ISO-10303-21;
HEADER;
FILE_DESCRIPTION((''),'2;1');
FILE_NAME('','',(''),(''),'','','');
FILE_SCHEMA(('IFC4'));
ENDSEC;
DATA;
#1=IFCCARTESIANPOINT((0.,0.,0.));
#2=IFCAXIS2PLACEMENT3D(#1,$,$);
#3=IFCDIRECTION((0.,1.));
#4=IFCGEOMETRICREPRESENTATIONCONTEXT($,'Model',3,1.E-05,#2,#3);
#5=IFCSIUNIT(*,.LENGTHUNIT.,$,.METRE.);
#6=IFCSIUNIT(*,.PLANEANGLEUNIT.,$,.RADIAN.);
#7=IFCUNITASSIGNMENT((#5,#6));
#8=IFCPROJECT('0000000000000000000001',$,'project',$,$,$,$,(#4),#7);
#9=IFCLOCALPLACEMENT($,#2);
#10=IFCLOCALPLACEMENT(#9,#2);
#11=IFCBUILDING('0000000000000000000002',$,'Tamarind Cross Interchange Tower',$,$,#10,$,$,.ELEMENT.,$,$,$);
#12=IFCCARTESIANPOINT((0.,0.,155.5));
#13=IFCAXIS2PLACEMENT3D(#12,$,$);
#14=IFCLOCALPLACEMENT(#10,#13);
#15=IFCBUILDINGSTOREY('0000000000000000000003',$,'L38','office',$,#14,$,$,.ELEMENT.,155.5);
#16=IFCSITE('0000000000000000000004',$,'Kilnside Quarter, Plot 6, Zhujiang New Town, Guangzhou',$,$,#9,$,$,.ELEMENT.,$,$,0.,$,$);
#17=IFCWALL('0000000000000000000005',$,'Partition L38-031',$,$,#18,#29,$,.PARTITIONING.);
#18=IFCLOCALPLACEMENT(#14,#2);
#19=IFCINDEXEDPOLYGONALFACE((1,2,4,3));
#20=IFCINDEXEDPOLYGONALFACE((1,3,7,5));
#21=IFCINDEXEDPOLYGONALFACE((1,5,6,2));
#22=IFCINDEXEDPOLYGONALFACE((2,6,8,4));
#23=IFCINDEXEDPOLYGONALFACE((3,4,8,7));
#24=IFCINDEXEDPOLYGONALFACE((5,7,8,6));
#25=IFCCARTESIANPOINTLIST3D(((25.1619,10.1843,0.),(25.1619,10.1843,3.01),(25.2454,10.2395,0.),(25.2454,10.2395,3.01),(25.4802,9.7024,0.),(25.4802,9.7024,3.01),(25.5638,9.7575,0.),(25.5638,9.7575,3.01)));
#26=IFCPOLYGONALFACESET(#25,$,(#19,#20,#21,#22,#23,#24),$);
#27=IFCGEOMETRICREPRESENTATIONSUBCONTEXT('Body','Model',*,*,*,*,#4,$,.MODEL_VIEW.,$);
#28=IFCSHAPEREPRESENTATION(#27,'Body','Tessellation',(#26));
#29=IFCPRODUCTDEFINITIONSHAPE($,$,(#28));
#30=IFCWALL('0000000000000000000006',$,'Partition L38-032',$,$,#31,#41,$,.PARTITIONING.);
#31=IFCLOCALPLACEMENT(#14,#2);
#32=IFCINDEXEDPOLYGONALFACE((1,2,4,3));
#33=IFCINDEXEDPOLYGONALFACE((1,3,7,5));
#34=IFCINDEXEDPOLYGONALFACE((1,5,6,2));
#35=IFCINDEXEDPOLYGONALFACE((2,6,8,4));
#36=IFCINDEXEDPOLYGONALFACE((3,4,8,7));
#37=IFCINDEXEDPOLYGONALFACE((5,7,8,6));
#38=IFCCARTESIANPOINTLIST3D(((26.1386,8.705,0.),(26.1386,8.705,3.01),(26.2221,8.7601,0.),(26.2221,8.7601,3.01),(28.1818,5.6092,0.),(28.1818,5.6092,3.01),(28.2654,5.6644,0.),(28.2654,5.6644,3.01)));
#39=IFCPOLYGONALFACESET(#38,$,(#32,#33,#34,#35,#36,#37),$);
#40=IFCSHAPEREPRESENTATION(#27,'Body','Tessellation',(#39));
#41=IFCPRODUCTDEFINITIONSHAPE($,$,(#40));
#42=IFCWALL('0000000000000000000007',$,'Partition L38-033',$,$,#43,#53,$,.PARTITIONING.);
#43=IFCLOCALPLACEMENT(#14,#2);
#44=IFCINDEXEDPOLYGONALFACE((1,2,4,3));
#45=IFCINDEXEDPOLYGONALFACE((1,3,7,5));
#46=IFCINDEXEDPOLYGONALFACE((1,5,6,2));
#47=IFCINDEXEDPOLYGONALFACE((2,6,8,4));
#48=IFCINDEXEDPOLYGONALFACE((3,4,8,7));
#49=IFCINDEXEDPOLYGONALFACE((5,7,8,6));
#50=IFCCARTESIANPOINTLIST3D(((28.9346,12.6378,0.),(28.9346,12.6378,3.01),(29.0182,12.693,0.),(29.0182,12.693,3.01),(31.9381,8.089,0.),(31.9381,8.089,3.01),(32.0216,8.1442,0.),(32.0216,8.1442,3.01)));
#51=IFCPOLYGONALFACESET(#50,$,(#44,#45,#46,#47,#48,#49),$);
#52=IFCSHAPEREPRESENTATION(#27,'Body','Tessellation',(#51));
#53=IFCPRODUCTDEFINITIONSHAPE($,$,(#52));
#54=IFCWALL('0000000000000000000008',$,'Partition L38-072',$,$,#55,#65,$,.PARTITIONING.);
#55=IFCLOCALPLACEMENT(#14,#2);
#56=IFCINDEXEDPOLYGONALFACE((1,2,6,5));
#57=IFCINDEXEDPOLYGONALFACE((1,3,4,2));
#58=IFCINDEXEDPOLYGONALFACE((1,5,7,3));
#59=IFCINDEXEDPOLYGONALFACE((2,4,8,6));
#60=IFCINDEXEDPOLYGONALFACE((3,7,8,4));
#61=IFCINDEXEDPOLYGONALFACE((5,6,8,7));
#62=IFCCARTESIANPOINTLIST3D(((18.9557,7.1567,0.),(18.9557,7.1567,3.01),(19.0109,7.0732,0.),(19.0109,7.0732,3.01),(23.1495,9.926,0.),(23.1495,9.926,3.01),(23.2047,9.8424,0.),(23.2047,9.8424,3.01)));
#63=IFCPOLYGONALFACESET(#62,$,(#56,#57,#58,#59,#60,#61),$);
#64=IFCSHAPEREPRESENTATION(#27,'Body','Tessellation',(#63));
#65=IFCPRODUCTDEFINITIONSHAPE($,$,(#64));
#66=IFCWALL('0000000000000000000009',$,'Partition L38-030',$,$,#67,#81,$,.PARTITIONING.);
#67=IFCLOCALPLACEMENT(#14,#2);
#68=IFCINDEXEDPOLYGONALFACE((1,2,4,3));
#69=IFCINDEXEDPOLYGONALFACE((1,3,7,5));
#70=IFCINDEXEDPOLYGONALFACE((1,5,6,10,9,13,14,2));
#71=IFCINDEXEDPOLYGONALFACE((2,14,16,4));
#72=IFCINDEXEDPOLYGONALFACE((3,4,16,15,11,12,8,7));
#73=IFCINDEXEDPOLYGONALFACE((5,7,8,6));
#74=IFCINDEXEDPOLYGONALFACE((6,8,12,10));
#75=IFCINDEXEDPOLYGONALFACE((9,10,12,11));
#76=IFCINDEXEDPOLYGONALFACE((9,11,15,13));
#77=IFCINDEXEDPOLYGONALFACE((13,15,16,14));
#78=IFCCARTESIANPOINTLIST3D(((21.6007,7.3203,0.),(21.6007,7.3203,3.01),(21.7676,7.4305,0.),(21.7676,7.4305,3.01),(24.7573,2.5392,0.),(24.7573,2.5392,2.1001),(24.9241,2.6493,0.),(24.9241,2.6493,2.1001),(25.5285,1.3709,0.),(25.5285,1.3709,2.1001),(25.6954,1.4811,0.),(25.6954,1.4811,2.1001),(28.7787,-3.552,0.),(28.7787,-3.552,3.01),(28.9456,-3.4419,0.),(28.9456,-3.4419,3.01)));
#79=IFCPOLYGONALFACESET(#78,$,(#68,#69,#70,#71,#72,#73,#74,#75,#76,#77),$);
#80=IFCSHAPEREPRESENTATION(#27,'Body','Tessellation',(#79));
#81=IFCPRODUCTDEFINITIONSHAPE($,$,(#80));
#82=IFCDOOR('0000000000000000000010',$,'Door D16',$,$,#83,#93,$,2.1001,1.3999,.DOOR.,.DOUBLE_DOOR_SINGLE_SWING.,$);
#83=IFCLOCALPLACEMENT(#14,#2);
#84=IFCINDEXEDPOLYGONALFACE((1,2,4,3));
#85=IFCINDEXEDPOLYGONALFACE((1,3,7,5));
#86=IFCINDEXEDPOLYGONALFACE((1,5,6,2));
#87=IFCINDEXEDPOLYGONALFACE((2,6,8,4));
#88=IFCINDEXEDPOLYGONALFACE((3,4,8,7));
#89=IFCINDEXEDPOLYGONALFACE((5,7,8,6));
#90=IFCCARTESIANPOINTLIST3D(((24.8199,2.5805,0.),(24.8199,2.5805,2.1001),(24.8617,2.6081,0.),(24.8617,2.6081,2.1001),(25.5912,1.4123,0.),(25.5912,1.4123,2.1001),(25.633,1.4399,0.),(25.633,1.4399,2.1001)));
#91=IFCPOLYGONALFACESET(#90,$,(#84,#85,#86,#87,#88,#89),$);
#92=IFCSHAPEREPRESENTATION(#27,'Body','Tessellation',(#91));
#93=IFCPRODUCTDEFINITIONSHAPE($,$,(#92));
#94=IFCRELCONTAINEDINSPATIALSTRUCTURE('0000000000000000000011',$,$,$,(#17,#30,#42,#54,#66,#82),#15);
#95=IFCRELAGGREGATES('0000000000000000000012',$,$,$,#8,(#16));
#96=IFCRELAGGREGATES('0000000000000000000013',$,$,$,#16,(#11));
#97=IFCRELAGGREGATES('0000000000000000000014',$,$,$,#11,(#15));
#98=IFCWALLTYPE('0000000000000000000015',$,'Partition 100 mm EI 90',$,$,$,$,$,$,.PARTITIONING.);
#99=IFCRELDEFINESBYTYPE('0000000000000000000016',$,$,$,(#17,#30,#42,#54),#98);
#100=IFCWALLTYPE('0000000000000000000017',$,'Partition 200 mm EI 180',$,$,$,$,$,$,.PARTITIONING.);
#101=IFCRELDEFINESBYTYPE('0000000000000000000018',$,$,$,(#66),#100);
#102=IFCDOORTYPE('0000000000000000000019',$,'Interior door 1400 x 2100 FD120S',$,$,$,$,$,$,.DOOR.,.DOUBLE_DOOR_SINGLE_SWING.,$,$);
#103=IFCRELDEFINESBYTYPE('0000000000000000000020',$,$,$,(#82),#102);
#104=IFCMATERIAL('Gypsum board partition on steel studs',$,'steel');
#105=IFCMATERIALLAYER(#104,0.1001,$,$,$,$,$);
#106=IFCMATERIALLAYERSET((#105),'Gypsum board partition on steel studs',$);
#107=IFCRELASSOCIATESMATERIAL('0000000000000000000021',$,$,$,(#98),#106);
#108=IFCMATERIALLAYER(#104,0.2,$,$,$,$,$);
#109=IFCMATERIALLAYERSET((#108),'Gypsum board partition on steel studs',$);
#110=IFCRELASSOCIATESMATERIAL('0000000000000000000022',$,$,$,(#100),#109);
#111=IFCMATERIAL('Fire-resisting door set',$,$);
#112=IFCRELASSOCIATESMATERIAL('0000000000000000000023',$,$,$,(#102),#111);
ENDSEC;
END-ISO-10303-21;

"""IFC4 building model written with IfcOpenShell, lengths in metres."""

from ifc_helpers import new_model, si_unit, direction, frame, frame_2d, origin, place, context, subcontext, project, spatial, rectangle, extrude, material, layer, layer_set, type_object, element, fill, save


model = new_model("IFC4")

# Units and contexts
model_context = context("Model", 3, precision=1e-05, world=origin(), true_north=direction((0.0, 1.0)))
body_context = subcontext(model_context, "Body", "Model", "MODEL_VIEW")
ifc_project = project(units=[si_unit("LENGTHUNIT", "METRE"), si_unit("PLANEANGLEUNIT", "RADIAN")], contexts=[model_context])

# Site, building, storey
site_placement = place(None, origin())
site = spatial("IfcSite", under=ifc_project, at=site_placement, Name="Kilnside Quarter, Plot 6, Zhujiang New Town, Guangzhou", CompositionType="ELEMENT", RefElevation=0.0)
building_placement = place(site_placement, origin())
building = spatial("IfcBuilding", under=site, at=building_placement, Name="Tamarind Cross Interchange Tower", CompositionType="ELEMENT")
storey_placement = place(building_placement, frame((0.0, 0.0, 155.5)))
storey = spatial("IfcBuildingStorey", under=building, at=storey_placement, Name="L38", Description="office", CompositionType="ELEMENT", Elevation=155.5)

# Walls
ifc_material_1 = material(Name="Gypsum board partition on steel studs", Category="steel")
ifc_layer_1 = layer(ifc_material_1, 0.1001)
ifc_layer_set_1 = layer_set([ifc_layer_1], Name="Gypsum board partition on steel studs")
wall_type_1 = type_object("IfcWallType", Name="Partition 100 mm EI 90", PredefinedType="PARTITIONING", material=ifc_layer_set_1)
wall_1_placement = place(storey_placement, frame((25.2036, 10.2119, 0.0), z_axis=(0.0, 0.0, 1.0), x_axis=(0.551184, -0.834384, 0.0)))
element("IfcWall", 1, at=wall_1_placement, inside=storey, type_object=wall_type_1, Name="Partition L38-031", PredefinedType="PARTITIONING", context=body_context, shape_type="SweptSolid", body=[
    extrude(rectangle(XDim=0.5776, YDim=0.1001, at=frame_2d((0.2888, 0.0))), origin(), (0.0, 0.0, 1.0), 3.01),
])
wall_2_placement = place(storey_placement, frame((26.1804, 8.7324, 0.0), z_axis=(0.0, 0.0, 1.0), x_axis=(0.550851, -0.834603, 0.0)))
element("IfcWall", 2, at=wall_2_placement, inside=storey, type_object=wall_type_1, Name="Partition L38-032", PredefinedType="PARTITIONING", context=body_context, shape_type="SweptSolid", body=[
    extrude(rectangle(XDim=3.7092, YDim=0.1001, at=frame_2d((1.8545, 0.0))), origin(), (0.0, 0.0, 1.0), 3.01),
])
wall_3_placement = place(storey_placement, frame((28.9763, 12.6655, 0.0), z_axis=(0.0, 0.0, 1.0), x_axis=(0.550994, -0.834509, 0.0)))
element("IfcWall", 3, at=wall_3_placement, inside=storey, type_object=wall_type_1, Name="Partition L38-033", PredefinedType="PARTITIONING", context=body_context, shape_type="SweptSolid", body=[
    extrude(rectangle(XDim=5.4509, YDim=0.1001, at=frame_2d((2.7256, 0.0))), origin(), (0.0, 0.0, 1.0), 3.01),
])
wall_4_placement = place(storey_placement, frame((18.9834, 7.115, 0.0), z_axis=(0.0, 0.0, 1.0), x_axis=(0.834486, 0.551029, 0.0)))
element("IfcWall", 4, at=wall_4_placement, inside=storey, type_object=wall_type_1, Name="Partition L38-072", PredefinedType="PARTITIONING", context=body_context, shape_type="SweptSolid", body=[
    extrude(rectangle(XDim=5.0256, YDim=0.1001, at=frame_2d((2.5127, 0.0))), origin(), (0.0, 0.0, 1.0), 3.01),
])

# Wall, opening, door
ifc_layer_2 = layer(ifc_material_1, 0.2)
ifc_layer_set_2 = layer_set([ifc_layer_2], Name="Gypsum board partition on steel studs")
wall_type_2 = type_object("IfcWallType", Name="Partition 200 mm EI 180", PredefinedType="PARTITIONING", material=ifc_layer_set_2)
wall_5_placement = place(storey_placement, frame((21.6841, 7.3755, 0.0), z_axis=(0.0, 0.0, 1.0), x_axis=(0.550963, -0.83453, 0.0)))
wall_5 = element("IfcWall", 5, at=wall_5_placement, inside=storey, type_object=wall_type_2, Name="Partition L38-030", PredefinedType="PARTITIONING", context=body_context, shape_type="SweptSolid", body=[
    extrude(rectangle(XDim=13.0281, YDim=0.2, at=frame_2d((6.5142, 0.0))), origin(), (0.0, 0.0, 1.0), 3.01),
])
opening_placement = place(wall_5_placement, frame((5.7292, 0.0, 0.0)))
opening = element("IfcOpeningElement", 6, at=opening_placement, cuts=wall_5, PredefinedType="OPENING", context=body_context, shape_type="SweptSolid", body=[
    extrude(rectangle(XDim=1.3999, YDim=2.1001, at=frame_2d((0.7, 1.05))), frame((0.0, 0.1099, 0.0), z_axis=(0.0, -1.0, 0.0), x_axis=(1.0, 0.0, 0.0)), (0.0, 0.0, 1.0), 0.22),
])
ifc_material_2 = material(Name="Fire-resisting door set")
door_type = type_object("IfcDoorType", Name="Interior door 1400 x 2100 FD120S", OperationType="DOUBLE_DOOR_SINGLE_SWING", PredefinedType="DOOR", material=ifc_material_2)
door_placement = place(opening_placement, frame((1.3999, 0.0, 0.0), z_axis=(0.0, 0.0, 1.0), x_axis=(-1.0, 0.0, 0.0)))
door = element("IfcDoor", 7, at=door_placement, inside=storey, type_object=door_type, Name="Door D16", OperationType="DOUBLE_DOOR_SINGLE_SWING", OverallHeight=2.1001, OverallWidth=1.3999, PredefinedType="DOOR", context=body_context, shape_type="SweptSolid", body=[
    extrude(rectangle(XDim=1.3999, YDim=2.1001, at=frame_2d((0.7, 1.05))), frame((0.0, 0.0249, 0.0), z_axis=(0.0, -1.0, 0.0), x_axis=(1.0, 0.0, 0.0)), (0.0, 0.0, 1.0), 0.05),
])
fill(opening, door)

save(model, "model.ifc")
